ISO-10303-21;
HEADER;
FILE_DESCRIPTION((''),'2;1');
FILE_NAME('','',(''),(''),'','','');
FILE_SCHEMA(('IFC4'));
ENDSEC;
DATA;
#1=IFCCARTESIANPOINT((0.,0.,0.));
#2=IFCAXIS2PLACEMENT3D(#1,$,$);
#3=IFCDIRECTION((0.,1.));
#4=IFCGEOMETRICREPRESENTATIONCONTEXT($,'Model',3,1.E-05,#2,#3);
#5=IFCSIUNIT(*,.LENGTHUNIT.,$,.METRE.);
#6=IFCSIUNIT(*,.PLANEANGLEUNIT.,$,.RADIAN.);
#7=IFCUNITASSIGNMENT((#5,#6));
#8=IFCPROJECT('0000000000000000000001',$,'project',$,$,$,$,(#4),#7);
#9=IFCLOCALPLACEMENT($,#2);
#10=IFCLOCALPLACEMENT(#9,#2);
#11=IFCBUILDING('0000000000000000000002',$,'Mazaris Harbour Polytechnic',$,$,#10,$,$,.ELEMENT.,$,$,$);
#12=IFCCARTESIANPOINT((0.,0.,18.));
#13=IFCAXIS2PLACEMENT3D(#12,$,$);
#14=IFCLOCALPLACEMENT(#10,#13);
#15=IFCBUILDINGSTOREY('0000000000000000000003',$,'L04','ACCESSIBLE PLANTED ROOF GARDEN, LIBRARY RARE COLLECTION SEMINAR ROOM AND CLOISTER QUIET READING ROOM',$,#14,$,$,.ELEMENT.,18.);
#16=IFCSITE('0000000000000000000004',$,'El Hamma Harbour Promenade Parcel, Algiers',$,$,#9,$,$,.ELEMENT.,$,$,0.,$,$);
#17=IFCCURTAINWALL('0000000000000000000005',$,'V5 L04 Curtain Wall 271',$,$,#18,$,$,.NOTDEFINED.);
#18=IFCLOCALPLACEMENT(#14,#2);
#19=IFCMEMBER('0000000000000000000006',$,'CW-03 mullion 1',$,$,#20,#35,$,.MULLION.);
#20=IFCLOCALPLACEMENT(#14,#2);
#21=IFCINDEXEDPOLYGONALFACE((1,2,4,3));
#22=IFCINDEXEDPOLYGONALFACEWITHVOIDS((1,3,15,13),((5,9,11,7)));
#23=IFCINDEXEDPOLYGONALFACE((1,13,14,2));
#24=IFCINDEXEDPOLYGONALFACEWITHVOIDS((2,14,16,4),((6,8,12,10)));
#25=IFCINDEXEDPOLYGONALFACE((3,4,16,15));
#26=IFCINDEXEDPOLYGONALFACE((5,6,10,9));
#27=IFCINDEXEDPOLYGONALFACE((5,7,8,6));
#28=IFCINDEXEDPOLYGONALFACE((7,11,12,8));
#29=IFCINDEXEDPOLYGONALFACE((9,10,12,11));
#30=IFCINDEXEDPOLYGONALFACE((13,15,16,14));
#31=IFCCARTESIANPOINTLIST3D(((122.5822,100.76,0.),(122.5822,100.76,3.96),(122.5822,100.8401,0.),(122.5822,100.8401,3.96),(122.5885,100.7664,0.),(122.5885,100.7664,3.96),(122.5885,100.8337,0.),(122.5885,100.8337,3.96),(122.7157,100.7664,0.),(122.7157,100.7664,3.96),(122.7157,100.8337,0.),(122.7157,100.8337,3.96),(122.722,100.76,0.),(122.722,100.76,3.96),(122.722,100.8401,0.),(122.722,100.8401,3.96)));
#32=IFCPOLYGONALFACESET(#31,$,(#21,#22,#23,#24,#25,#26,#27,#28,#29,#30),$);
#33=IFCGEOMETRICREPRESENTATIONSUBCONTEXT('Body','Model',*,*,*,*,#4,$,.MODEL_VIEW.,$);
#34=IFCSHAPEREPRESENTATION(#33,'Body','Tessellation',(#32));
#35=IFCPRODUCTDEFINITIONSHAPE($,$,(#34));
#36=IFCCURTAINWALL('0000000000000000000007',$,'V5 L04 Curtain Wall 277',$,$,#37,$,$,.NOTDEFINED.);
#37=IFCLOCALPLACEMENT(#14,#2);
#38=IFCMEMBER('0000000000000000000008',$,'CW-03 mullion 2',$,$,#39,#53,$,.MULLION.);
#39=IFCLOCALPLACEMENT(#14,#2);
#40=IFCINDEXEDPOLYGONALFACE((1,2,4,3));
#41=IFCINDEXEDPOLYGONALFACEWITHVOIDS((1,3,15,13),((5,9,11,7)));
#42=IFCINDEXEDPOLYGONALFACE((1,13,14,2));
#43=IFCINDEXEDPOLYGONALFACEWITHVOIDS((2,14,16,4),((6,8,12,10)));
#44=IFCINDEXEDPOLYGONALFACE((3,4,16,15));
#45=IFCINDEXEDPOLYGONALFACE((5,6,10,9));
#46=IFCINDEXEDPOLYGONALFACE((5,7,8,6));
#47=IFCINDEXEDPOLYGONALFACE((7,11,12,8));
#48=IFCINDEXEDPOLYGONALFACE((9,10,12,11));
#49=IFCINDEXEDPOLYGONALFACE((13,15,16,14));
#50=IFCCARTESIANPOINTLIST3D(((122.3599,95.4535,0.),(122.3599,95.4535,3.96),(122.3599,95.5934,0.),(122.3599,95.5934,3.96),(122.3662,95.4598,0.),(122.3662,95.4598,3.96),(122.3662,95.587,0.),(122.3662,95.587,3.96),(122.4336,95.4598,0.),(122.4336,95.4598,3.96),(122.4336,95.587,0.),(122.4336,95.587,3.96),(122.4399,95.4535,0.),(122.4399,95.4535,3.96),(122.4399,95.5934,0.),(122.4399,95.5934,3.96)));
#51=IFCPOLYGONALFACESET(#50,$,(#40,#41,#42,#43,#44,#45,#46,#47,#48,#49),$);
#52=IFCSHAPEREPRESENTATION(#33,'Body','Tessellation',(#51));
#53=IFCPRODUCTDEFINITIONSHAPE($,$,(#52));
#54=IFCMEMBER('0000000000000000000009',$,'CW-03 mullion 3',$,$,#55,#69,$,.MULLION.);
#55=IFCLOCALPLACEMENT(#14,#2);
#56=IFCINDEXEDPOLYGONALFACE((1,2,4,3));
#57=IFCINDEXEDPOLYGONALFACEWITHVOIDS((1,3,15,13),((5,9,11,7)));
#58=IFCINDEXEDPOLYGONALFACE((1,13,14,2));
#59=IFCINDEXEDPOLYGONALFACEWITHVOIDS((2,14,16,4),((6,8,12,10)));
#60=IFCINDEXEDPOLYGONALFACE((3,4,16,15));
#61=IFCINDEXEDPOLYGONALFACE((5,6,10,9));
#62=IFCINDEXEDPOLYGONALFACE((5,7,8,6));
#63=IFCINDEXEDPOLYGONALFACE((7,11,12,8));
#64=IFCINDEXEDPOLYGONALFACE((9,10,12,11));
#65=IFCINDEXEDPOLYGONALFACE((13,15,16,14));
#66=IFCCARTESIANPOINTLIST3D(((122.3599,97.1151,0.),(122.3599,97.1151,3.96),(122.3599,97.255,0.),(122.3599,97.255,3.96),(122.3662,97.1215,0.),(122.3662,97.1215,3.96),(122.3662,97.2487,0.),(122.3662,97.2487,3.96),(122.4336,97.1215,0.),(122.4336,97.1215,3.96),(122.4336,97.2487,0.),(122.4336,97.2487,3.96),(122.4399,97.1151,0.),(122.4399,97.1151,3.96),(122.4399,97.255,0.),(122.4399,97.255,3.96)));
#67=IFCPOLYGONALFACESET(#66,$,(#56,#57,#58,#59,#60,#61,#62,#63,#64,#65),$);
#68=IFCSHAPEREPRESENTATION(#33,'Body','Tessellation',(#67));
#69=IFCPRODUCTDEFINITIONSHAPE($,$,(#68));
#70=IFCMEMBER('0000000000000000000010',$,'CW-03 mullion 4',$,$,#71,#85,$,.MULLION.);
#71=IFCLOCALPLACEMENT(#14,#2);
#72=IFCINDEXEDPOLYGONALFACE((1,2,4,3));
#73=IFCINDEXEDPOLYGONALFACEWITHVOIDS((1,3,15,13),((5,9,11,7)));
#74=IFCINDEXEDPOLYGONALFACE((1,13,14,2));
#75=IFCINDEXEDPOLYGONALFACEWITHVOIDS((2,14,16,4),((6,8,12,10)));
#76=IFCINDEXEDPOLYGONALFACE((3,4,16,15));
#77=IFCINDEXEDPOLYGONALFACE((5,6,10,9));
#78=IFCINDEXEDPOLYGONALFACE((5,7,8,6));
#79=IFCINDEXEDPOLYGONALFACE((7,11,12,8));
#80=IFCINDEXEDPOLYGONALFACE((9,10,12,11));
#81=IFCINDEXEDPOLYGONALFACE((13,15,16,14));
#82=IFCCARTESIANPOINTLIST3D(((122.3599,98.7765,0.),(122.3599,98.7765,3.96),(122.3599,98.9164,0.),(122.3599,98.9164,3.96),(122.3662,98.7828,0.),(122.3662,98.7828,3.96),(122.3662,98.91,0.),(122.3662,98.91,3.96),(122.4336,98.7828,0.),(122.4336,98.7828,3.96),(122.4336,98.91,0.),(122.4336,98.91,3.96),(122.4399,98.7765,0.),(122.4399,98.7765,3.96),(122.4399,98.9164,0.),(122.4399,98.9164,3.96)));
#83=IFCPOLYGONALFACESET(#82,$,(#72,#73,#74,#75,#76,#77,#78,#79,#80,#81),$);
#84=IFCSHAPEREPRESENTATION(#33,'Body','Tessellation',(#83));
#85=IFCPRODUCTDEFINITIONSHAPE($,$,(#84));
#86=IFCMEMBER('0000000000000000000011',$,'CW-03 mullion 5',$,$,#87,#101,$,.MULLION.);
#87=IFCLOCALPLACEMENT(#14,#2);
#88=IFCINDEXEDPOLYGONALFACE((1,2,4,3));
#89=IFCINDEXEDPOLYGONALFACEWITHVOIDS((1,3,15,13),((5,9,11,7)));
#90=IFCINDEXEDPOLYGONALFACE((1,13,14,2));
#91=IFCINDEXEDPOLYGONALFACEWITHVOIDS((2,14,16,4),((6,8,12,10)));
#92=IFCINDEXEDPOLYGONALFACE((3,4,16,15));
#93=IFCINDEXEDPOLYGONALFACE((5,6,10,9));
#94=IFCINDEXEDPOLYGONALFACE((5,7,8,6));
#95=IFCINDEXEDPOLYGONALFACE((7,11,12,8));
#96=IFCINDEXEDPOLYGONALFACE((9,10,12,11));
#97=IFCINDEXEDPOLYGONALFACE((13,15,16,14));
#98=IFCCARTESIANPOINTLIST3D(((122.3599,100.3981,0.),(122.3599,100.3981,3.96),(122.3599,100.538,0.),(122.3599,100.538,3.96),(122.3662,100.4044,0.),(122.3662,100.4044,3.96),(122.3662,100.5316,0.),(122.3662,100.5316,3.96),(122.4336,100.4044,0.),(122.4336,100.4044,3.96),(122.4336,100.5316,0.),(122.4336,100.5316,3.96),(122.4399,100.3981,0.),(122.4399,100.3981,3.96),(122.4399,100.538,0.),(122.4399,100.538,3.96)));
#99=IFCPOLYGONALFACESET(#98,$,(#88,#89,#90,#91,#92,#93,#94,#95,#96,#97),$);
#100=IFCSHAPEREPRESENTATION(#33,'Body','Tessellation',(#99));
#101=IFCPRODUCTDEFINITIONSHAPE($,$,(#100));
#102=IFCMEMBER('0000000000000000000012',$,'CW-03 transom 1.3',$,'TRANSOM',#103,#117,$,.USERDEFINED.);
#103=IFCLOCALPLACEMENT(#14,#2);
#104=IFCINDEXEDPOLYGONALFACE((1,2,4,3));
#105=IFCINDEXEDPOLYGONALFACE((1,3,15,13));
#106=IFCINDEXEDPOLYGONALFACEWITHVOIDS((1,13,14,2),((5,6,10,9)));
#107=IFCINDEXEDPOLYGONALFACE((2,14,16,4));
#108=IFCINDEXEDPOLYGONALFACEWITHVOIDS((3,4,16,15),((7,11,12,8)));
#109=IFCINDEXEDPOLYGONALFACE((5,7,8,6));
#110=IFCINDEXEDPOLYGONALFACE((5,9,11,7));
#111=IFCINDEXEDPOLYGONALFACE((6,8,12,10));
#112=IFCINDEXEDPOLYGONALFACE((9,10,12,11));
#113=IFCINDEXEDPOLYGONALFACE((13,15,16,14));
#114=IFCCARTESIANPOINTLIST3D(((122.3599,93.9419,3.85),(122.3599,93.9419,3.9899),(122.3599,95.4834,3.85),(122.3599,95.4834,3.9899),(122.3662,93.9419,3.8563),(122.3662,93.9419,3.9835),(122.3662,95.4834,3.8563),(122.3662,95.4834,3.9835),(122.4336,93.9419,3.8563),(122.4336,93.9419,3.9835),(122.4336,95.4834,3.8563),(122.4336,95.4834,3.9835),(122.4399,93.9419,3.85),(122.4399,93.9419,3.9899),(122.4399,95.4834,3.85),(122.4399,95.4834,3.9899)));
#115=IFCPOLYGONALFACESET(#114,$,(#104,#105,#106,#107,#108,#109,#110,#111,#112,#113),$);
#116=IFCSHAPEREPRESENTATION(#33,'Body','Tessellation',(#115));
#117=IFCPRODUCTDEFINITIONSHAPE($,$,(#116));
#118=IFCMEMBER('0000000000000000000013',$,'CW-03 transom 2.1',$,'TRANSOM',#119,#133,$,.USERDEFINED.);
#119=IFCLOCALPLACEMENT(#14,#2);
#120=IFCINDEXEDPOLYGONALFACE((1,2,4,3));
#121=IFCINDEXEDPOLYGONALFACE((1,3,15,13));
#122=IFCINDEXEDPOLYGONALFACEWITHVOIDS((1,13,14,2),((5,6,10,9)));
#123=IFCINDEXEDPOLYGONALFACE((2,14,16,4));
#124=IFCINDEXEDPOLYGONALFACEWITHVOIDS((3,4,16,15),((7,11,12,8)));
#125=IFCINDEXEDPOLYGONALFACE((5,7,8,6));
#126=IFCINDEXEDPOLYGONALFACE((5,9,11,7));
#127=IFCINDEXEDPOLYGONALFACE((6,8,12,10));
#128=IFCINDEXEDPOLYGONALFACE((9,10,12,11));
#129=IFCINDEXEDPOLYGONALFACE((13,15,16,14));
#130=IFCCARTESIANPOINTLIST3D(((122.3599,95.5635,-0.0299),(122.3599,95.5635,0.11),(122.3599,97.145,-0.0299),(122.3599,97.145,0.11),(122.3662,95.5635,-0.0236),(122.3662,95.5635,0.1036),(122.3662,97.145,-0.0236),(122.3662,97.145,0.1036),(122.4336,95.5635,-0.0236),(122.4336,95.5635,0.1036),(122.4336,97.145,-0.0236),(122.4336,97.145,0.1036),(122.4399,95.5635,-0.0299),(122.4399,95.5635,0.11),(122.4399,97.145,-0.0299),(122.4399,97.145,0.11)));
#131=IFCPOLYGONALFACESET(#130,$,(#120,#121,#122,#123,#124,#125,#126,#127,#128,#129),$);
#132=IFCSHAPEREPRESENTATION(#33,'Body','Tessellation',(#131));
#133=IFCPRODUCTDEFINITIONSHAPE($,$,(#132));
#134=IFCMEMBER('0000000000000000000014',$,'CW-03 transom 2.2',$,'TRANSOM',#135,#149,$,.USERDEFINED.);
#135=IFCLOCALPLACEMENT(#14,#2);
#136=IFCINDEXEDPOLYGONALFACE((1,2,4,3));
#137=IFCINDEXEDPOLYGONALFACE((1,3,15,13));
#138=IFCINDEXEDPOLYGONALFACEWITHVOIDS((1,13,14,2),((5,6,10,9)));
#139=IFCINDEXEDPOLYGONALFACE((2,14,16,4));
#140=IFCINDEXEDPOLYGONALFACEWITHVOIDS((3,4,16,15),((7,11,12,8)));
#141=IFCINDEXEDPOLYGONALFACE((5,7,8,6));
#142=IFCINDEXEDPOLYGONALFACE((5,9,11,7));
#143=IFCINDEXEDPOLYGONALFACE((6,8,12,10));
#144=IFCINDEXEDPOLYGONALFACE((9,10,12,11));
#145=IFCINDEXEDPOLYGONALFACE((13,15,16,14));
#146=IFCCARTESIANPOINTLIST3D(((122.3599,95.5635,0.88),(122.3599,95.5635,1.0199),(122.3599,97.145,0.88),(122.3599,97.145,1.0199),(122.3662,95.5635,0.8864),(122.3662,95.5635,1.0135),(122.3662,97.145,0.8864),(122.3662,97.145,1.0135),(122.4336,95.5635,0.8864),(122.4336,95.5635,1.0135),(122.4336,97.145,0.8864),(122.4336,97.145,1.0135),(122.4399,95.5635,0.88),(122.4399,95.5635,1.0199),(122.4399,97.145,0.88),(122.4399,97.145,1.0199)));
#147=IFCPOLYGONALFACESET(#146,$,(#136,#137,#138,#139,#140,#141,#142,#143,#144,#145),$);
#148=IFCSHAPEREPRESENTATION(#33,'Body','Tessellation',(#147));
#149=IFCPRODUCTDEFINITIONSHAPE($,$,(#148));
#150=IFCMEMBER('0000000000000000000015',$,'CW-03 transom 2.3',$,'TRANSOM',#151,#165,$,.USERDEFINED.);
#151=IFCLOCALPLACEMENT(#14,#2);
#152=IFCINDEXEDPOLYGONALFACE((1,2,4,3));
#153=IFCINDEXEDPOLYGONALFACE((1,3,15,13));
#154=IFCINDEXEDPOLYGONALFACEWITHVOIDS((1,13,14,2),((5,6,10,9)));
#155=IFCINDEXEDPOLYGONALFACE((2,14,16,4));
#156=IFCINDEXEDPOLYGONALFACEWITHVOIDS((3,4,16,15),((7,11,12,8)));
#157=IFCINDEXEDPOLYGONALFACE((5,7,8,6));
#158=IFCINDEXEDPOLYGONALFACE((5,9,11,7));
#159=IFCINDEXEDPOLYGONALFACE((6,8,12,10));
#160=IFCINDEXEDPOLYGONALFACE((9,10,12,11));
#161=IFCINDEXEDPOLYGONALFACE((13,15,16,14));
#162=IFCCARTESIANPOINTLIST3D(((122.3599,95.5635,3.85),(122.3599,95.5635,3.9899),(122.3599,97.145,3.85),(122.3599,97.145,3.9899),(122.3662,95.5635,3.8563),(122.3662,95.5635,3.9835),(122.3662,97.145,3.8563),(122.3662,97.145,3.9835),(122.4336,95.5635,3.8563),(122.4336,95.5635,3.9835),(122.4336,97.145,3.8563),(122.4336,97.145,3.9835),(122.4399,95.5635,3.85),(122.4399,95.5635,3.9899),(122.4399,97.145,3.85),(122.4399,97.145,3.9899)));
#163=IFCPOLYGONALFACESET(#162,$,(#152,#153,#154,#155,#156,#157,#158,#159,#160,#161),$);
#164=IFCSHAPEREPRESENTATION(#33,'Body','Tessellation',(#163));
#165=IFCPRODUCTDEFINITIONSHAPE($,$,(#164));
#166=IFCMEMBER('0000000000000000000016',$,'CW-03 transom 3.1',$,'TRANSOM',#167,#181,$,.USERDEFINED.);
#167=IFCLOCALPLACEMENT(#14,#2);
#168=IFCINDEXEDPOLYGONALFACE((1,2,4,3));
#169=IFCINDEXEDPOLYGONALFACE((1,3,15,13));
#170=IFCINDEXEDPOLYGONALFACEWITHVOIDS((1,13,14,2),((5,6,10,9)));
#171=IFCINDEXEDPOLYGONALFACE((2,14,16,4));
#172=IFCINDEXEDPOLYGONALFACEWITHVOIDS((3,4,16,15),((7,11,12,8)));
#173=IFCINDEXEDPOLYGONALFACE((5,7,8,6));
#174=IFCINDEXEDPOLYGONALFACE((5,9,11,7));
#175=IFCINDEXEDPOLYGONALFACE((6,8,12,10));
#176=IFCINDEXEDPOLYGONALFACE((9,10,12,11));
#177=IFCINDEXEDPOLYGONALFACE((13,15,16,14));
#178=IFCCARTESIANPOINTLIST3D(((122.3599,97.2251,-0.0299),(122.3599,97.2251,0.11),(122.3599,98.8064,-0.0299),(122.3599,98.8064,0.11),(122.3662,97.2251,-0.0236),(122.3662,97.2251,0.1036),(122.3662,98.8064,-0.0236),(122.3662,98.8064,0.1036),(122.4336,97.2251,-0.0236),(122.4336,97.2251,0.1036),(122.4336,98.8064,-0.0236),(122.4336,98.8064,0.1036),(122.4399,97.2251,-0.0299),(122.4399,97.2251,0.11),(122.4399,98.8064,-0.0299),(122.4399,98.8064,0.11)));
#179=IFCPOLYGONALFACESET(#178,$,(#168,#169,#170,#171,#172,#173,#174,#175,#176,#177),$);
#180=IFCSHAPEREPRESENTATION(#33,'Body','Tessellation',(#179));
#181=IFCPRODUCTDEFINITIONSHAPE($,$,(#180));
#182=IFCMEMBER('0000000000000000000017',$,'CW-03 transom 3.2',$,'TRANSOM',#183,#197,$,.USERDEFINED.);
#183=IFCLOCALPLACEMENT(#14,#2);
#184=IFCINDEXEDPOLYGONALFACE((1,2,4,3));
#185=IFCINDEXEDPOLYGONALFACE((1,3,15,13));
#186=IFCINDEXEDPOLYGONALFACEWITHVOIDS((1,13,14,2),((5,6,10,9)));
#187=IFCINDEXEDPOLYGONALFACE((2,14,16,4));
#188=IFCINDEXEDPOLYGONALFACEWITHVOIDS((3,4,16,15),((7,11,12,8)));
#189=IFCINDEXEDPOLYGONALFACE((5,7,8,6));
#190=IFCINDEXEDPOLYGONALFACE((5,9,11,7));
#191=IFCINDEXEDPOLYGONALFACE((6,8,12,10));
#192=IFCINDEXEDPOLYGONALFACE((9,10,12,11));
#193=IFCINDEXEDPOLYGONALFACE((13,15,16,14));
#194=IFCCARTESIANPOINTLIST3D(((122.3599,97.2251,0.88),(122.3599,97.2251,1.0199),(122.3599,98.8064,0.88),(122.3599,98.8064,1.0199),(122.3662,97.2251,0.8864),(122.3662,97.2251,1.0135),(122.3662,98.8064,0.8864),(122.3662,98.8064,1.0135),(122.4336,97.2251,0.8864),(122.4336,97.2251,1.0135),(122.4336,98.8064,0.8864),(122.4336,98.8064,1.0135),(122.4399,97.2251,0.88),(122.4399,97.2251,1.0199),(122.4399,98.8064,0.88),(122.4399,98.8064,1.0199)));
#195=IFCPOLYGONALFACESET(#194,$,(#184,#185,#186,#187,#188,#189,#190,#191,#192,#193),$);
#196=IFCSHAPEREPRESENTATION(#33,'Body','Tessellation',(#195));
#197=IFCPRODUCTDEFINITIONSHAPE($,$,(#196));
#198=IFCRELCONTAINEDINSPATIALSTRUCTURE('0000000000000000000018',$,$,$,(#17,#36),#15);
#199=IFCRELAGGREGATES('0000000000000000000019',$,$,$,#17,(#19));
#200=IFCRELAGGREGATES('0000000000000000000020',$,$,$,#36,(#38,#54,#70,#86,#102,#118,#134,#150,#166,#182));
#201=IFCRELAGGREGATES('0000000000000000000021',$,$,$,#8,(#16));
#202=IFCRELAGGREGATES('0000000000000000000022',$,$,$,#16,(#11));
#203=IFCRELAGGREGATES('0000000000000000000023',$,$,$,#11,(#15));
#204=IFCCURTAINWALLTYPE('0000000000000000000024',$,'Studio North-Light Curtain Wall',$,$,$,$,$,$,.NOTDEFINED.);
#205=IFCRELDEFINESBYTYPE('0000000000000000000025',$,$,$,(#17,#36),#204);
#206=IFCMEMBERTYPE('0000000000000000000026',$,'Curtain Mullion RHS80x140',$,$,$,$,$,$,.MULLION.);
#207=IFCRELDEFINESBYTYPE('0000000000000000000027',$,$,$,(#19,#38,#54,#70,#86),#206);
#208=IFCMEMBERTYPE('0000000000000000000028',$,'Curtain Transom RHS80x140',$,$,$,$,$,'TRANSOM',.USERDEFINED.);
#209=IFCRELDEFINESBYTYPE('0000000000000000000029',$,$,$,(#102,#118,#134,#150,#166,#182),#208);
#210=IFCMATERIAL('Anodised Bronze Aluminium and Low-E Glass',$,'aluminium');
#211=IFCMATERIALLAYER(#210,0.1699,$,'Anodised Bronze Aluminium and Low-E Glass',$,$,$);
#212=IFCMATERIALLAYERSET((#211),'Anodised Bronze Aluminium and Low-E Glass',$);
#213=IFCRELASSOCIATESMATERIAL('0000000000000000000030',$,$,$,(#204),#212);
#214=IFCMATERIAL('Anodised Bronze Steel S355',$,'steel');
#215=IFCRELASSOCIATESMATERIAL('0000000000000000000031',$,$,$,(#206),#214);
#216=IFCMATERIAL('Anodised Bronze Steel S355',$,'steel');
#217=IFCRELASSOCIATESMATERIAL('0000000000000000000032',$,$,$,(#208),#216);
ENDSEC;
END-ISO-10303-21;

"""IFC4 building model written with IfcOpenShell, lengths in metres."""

from ifc_helpers import new_model, si_unit, direction, frame, origin, origin_2d, place, context, subcontext, project, spatial, hollow_rectangle, extrude, material, layer, layer_set, material_profile, profile_set, type_object, element, aggregate, save


model = new_model("IFC4")

# Units and contexts
model_context = context("Model", 3, precision=1e-05, world=origin(), true_north=direction((0.0, 1.0)))
body_context = subcontext(model_context, "Body", "Model", "MODEL_VIEW")
ifc_project = project(units=[si_unit("LENGTHUNIT", "METRE"), si_unit("PLANEANGLEUNIT", "RADIAN")], contexts=[model_context])

# Site, building, storey
site_placement = place(None, origin())
site = spatial("IfcSite", under=ifc_project, at=site_placement, Name="El Hamma Harbour Promenade Parcel, Algiers", CompositionType="ELEMENT", RefElevation=0.0)
building_placement = place(site_placement, origin())
building = spatial("IfcBuilding", under=site, at=building_placement, Name="Mazaris Harbour Polytechnic", CompositionType="ELEMENT")
storey_placement = place(building_placement, frame((0.0, 0.0, 18.0)))
storey = spatial("IfcBuildingStorey", under=building, at=storey_placement, Name="L04", Description="ACCESSIBLE PLANTED ROOF GARDEN, LIBRARY RARE COLLECTION SEMINAR ROOM AND CLOISTER QUIET READING ROOM", CompositionType="ELEMENT", Elevation=18.0)

# Curtain wall, member
ifc_material_1 = material(Name="Anodised Bronze Aluminium and Low-E Glass", Category="aluminium")
ifc_layer_1 = layer(ifc_material_1, 0.1699, Name="Anodised Bronze Aluminium and Low-E Glass")
ifc_layer_set_1 = layer_set([ifc_layer_1], Name="Anodised Bronze Aluminium and Low-E Glass")
curtain_wall_type = type_object("IfcCurtainWallType", Name="Studio North-Light Curtain Wall", PredefinedType="NOTDEFINED", material=ifc_layer_set_1)
curtain_wall_1_placement = place(storey_placement, origin())
curtain_wall_1 = element("IfcCurtainWall", 1, at=curtain_wall_1_placement, inside=storey, type_object=curtain_wall_type, Name="V5 L04 Curtain Wall 271", PredefinedType="NOTDEFINED")
ifc_material_2 = material(Name="Anodised Bronze Steel S355", Category="steel")
ifc_material_profile_1 = material_profile(ifc_material_2, hollow_rectangle(XDim=0.0801, YDim=0.1399, WallThickness=0.0063, at=origin_2d()), Name="RHS 80x140x6.3")
ifc_profile_set_1 = profile_set([ifc_material_profile_1], Name="Anodised Bronze Steel S355")
member_type_1 = type_object("IfcMemberType", Name="Curtain Mullion RHS80x140", PredefinedType="MULLION", material=ifc_profile_set_1)
member_1_placement = place(storey_placement, frame((122.6521, 100.8, 0.0), z_axis=(0.0, 0.0, 1.0), x_axis=(0.0, 1.0, 0.0)))
member_1 = element("IfcMember", 2, at=member_1_placement, type_object=member_type_1, Name="CW-03 mullion 1", PredefinedType="MULLION", context=body_context, shape_type="SweptSolid", body=[
    extrude(hollow_rectangle(XDim=0.0801, YDim=0.1399, WallThickness=0.0063, at=origin_2d()), origin(), (0.0, 0.0, 1.0), 3.96),
])
aggregate(curtain_wall_1, [member_1])

# Curtain wall, members
curtain_wall_2_placement = place(storey_placement, origin())
curtain_wall_2 = element("IfcCurtainWall", 3, at=curtain_wall_2_placement, inside=storey, type_object=curtain_wall_type, Name="V5 L04 Curtain Wall 277", PredefinedType="NOTDEFINED")
member_2_placement = place(storey_placement, frame((122.3999, 95.5234, 0.0), z_axis=(0.0, 0.0, 1.0), x_axis=(-1.0, 0.0, 0.0)))
member_2 = element("IfcMember", 4, at=member_2_placement, type_object=member_type_1, Name="CW-03 mullion 2", PredefinedType="MULLION", context=body_context, shape_type="SweptSolid", body=[
    extrude(hollow_rectangle(XDim=0.0801, YDim=0.1399, WallThickness=0.0063, at=origin_2d()), origin(), (0.0, 0.0, 1.0), 3.96),
])
member_3_placement = place(storey_placement, frame((122.3999, 97.1851, 0.0), z_axis=(0.0, 0.0, 1.0), x_axis=(-1.0, 0.0, 0.0)))
member_3 = element("IfcMember", 5, at=member_3_placement, type_object=member_type_1, Name="CW-03 mullion 3", PredefinedType="MULLION", context=body_context, shape_type="SweptSolid", body=[
    extrude(hollow_rectangle(XDim=0.0801, YDim=0.1399, WallThickness=0.0063, at=origin_2d()), origin(), (0.0, 0.0, 1.0), 3.96),
])
member_4_placement = place(storey_placement, frame((122.3999, 98.8464, 0.0), z_axis=(0.0, 0.0, 1.0), x_axis=(-1.0, 0.0, 0.0)))
member_4 = element("IfcMember", 6, at=member_4_placement, type_object=member_type_1, Name="CW-03 mullion 4", PredefinedType="MULLION", context=body_context, shape_type="SweptSolid", body=[
    extrude(hollow_rectangle(XDim=0.0801, YDim=0.1399, WallThickness=0.0063, at=origin_2d()), origin(), (0.0, 0.0, 1.0), 3.96),
])
member_5_placement = place(storey_placement, frame((122.3999, 100.468, 0.0), z_axis=(0.0, 0.0, 1.0), x_axis=(-1.0, 0.0, 0.0)))
member_5 = element("IfcMember", 7, at=member_5_placement, type_object=member_type_1, Name="CW-03 mullion 5", PredefinedType="MULLION", context=body_context, shape_type="SweptSolid", body=[
    extrude(hollow_rectangle(XDim=0.0801, YDim=0.1399, WallThickness=0.0063, at=origin_2d()), origin(), (0.0, 0.0, 1.0), 3.96),
])
ifc_material_3 = material(Name="Anodised Bronze Steel S355", Category="steel")
ifc_material_profile_2 = material_profile(ifc_material_3, hollow_rectangle(XDim=0.0801, YDim=0.1399, WallThickness=0.0063, at=origin_2d()), Name="RHS 80x140x6.3")
ifc_profile_set_2 = profile_set([ifc_material_profile_2], Name="Anodised Bronze Steel S355")
member_type_2 = type_object("IfcMemberType", Name="Curtain Transom RHS80x140", ElementType="TRANSOM", PredefinedType="USERDEFINED", material=ifc_profile_set_2)
member_6_placement = place(storey_placement, frame((122.3999, 93.9419, 3.9199), z_axis=(0.0, 1.0, 0.0), x_axis=(-1.0, 0.0, 0.0)))
member_6 = element("IfcMember", 8, at=member_6_placement, type_object=member_type_2, Name="CW-03 transom 1.3", ObjectType="TRANSOM", PredefinedType="USERDEFINED", context=body_context, shape_type="SweptSolid", body=[
    extrude(hollow_rectangle(XDim=0.0801, YDim=0.1399, WallThickness=0.0063, at=origin_2d()), origin(), (0.0, 0.0, 1.0), 1.5415),
])
member_7_placement = place(storey_placement, frame((122.3999, 95.5635, 0.04), z_axis=(0.0, 1.0, 0.0), x_axis=(-1.0, 0.0, 0.0)))
member_7 = element("IfcMember", 9, at=member_7_placement, type_object=member_type_2, Name="CW-03 transom 2.1", ObjectType="TRANSOM", PredefinedType="USERDEFINED", context=body_context, shape_type="SweptSolid", body=[
    extrude(hollow_rectangle(XDim=0.0801, YDim=0.1399, WallThickness=0.0063, at=origin_2d()), origin(), (0.0, 0.0, 1.0), 1.5815),
])
member_8_placement = place(storey_placement, frame((122.3999, 95.5635, 0.95), z_axis=(0.0, 1.0, 0.0), x_axis=(-1.0, 0.0, 0.0)))
member_8 = element("IfcMember", 10, at=member_8_placement, type_object=member_type_2, Name="CW-03 transom 2.2", ObjectType="TRANSOM", PredefinedType="USERDEFINED", context=body_context, shape_type="SweptSolid", body=[
    extrude(hollow_rectangle(XDim=0.0801, YDim=0.1399, WallThickness=0.0063, at=origin_2d()), origin(), (0.0, 0.0, 1.0), 1.5815),
])
member_9_placement = place(storey_placement, frame((122.3999, 95.5635, 3.9199), z_axis=(0.0, 1.0, 0.0), x_axis=(-1.0, 0.0, 0.0)))
member_9 = element("IfcMember", 11, at=member_9_placement, type_object=member_type_2, Name="CW-03 transom 2.3", ObjectType="TRANSOM", PredefinedType="USERDEFINED", context=body_context, shape_type="SweptSolid", body=[
    extrude(hollow_rectangle(XDim=0.0801, YDim=0.1399, WallThickness=0.0063, at=origin_2d()), origin(), (0.0, 0.0, 1.0), 1.5815),
])
member_10_placement = place(storey_placement, frame((122.3999, 97.2251, 0.04), z_axis=(0.0, 1.0, 0.0), x_axis=(-1.0, 0.0, 0.0)))
member_10 = element("IfcMember", 12, at=member_10_placement, type_object=member_type_2, Name="CW-03 transom 3.1", ObjectType="TRANSOM", PredefinedType="USERDEFINED", context=body_context, shape_type="SweptSolid", body=[
    extrude(hollow_rectangle(XDim=0.0801, YDim=0.1399, WallThickness=0.0063, at=origin_2d()), origin(), (0.0, 0.0, 1.0), 1.5813),
])
member_11_placement = place(storey_placement, frame((122.3999, 97.2251, 0.95), z_axis=(0.0, 1.0, 0.0), x_axis=(-1.0, 0.0, 0.0)))
member_11 = element("IfcMember", 13, at=member_11_placement, type_object=member_type_2, Name="CW-03 transom 3.2", ObjectType="TRANSOM", PredefinedType="USERDEFINED", context=body_context, shape_type="SweptSolid", body=[
    extrude(hollow_rectangle(XDim=0.0801, YDim=0.1399, WallThickness=0.0063, at=origin_2d()), origin(), (0.0, 0.0, 1.0), 1.5813),
])
aggregate(curtain_wall_2, [member_2, member_3, member_4, member_5, member_6, member_7, member_8, member_9, member_10, member_11])

save(model, "model.ifc")
